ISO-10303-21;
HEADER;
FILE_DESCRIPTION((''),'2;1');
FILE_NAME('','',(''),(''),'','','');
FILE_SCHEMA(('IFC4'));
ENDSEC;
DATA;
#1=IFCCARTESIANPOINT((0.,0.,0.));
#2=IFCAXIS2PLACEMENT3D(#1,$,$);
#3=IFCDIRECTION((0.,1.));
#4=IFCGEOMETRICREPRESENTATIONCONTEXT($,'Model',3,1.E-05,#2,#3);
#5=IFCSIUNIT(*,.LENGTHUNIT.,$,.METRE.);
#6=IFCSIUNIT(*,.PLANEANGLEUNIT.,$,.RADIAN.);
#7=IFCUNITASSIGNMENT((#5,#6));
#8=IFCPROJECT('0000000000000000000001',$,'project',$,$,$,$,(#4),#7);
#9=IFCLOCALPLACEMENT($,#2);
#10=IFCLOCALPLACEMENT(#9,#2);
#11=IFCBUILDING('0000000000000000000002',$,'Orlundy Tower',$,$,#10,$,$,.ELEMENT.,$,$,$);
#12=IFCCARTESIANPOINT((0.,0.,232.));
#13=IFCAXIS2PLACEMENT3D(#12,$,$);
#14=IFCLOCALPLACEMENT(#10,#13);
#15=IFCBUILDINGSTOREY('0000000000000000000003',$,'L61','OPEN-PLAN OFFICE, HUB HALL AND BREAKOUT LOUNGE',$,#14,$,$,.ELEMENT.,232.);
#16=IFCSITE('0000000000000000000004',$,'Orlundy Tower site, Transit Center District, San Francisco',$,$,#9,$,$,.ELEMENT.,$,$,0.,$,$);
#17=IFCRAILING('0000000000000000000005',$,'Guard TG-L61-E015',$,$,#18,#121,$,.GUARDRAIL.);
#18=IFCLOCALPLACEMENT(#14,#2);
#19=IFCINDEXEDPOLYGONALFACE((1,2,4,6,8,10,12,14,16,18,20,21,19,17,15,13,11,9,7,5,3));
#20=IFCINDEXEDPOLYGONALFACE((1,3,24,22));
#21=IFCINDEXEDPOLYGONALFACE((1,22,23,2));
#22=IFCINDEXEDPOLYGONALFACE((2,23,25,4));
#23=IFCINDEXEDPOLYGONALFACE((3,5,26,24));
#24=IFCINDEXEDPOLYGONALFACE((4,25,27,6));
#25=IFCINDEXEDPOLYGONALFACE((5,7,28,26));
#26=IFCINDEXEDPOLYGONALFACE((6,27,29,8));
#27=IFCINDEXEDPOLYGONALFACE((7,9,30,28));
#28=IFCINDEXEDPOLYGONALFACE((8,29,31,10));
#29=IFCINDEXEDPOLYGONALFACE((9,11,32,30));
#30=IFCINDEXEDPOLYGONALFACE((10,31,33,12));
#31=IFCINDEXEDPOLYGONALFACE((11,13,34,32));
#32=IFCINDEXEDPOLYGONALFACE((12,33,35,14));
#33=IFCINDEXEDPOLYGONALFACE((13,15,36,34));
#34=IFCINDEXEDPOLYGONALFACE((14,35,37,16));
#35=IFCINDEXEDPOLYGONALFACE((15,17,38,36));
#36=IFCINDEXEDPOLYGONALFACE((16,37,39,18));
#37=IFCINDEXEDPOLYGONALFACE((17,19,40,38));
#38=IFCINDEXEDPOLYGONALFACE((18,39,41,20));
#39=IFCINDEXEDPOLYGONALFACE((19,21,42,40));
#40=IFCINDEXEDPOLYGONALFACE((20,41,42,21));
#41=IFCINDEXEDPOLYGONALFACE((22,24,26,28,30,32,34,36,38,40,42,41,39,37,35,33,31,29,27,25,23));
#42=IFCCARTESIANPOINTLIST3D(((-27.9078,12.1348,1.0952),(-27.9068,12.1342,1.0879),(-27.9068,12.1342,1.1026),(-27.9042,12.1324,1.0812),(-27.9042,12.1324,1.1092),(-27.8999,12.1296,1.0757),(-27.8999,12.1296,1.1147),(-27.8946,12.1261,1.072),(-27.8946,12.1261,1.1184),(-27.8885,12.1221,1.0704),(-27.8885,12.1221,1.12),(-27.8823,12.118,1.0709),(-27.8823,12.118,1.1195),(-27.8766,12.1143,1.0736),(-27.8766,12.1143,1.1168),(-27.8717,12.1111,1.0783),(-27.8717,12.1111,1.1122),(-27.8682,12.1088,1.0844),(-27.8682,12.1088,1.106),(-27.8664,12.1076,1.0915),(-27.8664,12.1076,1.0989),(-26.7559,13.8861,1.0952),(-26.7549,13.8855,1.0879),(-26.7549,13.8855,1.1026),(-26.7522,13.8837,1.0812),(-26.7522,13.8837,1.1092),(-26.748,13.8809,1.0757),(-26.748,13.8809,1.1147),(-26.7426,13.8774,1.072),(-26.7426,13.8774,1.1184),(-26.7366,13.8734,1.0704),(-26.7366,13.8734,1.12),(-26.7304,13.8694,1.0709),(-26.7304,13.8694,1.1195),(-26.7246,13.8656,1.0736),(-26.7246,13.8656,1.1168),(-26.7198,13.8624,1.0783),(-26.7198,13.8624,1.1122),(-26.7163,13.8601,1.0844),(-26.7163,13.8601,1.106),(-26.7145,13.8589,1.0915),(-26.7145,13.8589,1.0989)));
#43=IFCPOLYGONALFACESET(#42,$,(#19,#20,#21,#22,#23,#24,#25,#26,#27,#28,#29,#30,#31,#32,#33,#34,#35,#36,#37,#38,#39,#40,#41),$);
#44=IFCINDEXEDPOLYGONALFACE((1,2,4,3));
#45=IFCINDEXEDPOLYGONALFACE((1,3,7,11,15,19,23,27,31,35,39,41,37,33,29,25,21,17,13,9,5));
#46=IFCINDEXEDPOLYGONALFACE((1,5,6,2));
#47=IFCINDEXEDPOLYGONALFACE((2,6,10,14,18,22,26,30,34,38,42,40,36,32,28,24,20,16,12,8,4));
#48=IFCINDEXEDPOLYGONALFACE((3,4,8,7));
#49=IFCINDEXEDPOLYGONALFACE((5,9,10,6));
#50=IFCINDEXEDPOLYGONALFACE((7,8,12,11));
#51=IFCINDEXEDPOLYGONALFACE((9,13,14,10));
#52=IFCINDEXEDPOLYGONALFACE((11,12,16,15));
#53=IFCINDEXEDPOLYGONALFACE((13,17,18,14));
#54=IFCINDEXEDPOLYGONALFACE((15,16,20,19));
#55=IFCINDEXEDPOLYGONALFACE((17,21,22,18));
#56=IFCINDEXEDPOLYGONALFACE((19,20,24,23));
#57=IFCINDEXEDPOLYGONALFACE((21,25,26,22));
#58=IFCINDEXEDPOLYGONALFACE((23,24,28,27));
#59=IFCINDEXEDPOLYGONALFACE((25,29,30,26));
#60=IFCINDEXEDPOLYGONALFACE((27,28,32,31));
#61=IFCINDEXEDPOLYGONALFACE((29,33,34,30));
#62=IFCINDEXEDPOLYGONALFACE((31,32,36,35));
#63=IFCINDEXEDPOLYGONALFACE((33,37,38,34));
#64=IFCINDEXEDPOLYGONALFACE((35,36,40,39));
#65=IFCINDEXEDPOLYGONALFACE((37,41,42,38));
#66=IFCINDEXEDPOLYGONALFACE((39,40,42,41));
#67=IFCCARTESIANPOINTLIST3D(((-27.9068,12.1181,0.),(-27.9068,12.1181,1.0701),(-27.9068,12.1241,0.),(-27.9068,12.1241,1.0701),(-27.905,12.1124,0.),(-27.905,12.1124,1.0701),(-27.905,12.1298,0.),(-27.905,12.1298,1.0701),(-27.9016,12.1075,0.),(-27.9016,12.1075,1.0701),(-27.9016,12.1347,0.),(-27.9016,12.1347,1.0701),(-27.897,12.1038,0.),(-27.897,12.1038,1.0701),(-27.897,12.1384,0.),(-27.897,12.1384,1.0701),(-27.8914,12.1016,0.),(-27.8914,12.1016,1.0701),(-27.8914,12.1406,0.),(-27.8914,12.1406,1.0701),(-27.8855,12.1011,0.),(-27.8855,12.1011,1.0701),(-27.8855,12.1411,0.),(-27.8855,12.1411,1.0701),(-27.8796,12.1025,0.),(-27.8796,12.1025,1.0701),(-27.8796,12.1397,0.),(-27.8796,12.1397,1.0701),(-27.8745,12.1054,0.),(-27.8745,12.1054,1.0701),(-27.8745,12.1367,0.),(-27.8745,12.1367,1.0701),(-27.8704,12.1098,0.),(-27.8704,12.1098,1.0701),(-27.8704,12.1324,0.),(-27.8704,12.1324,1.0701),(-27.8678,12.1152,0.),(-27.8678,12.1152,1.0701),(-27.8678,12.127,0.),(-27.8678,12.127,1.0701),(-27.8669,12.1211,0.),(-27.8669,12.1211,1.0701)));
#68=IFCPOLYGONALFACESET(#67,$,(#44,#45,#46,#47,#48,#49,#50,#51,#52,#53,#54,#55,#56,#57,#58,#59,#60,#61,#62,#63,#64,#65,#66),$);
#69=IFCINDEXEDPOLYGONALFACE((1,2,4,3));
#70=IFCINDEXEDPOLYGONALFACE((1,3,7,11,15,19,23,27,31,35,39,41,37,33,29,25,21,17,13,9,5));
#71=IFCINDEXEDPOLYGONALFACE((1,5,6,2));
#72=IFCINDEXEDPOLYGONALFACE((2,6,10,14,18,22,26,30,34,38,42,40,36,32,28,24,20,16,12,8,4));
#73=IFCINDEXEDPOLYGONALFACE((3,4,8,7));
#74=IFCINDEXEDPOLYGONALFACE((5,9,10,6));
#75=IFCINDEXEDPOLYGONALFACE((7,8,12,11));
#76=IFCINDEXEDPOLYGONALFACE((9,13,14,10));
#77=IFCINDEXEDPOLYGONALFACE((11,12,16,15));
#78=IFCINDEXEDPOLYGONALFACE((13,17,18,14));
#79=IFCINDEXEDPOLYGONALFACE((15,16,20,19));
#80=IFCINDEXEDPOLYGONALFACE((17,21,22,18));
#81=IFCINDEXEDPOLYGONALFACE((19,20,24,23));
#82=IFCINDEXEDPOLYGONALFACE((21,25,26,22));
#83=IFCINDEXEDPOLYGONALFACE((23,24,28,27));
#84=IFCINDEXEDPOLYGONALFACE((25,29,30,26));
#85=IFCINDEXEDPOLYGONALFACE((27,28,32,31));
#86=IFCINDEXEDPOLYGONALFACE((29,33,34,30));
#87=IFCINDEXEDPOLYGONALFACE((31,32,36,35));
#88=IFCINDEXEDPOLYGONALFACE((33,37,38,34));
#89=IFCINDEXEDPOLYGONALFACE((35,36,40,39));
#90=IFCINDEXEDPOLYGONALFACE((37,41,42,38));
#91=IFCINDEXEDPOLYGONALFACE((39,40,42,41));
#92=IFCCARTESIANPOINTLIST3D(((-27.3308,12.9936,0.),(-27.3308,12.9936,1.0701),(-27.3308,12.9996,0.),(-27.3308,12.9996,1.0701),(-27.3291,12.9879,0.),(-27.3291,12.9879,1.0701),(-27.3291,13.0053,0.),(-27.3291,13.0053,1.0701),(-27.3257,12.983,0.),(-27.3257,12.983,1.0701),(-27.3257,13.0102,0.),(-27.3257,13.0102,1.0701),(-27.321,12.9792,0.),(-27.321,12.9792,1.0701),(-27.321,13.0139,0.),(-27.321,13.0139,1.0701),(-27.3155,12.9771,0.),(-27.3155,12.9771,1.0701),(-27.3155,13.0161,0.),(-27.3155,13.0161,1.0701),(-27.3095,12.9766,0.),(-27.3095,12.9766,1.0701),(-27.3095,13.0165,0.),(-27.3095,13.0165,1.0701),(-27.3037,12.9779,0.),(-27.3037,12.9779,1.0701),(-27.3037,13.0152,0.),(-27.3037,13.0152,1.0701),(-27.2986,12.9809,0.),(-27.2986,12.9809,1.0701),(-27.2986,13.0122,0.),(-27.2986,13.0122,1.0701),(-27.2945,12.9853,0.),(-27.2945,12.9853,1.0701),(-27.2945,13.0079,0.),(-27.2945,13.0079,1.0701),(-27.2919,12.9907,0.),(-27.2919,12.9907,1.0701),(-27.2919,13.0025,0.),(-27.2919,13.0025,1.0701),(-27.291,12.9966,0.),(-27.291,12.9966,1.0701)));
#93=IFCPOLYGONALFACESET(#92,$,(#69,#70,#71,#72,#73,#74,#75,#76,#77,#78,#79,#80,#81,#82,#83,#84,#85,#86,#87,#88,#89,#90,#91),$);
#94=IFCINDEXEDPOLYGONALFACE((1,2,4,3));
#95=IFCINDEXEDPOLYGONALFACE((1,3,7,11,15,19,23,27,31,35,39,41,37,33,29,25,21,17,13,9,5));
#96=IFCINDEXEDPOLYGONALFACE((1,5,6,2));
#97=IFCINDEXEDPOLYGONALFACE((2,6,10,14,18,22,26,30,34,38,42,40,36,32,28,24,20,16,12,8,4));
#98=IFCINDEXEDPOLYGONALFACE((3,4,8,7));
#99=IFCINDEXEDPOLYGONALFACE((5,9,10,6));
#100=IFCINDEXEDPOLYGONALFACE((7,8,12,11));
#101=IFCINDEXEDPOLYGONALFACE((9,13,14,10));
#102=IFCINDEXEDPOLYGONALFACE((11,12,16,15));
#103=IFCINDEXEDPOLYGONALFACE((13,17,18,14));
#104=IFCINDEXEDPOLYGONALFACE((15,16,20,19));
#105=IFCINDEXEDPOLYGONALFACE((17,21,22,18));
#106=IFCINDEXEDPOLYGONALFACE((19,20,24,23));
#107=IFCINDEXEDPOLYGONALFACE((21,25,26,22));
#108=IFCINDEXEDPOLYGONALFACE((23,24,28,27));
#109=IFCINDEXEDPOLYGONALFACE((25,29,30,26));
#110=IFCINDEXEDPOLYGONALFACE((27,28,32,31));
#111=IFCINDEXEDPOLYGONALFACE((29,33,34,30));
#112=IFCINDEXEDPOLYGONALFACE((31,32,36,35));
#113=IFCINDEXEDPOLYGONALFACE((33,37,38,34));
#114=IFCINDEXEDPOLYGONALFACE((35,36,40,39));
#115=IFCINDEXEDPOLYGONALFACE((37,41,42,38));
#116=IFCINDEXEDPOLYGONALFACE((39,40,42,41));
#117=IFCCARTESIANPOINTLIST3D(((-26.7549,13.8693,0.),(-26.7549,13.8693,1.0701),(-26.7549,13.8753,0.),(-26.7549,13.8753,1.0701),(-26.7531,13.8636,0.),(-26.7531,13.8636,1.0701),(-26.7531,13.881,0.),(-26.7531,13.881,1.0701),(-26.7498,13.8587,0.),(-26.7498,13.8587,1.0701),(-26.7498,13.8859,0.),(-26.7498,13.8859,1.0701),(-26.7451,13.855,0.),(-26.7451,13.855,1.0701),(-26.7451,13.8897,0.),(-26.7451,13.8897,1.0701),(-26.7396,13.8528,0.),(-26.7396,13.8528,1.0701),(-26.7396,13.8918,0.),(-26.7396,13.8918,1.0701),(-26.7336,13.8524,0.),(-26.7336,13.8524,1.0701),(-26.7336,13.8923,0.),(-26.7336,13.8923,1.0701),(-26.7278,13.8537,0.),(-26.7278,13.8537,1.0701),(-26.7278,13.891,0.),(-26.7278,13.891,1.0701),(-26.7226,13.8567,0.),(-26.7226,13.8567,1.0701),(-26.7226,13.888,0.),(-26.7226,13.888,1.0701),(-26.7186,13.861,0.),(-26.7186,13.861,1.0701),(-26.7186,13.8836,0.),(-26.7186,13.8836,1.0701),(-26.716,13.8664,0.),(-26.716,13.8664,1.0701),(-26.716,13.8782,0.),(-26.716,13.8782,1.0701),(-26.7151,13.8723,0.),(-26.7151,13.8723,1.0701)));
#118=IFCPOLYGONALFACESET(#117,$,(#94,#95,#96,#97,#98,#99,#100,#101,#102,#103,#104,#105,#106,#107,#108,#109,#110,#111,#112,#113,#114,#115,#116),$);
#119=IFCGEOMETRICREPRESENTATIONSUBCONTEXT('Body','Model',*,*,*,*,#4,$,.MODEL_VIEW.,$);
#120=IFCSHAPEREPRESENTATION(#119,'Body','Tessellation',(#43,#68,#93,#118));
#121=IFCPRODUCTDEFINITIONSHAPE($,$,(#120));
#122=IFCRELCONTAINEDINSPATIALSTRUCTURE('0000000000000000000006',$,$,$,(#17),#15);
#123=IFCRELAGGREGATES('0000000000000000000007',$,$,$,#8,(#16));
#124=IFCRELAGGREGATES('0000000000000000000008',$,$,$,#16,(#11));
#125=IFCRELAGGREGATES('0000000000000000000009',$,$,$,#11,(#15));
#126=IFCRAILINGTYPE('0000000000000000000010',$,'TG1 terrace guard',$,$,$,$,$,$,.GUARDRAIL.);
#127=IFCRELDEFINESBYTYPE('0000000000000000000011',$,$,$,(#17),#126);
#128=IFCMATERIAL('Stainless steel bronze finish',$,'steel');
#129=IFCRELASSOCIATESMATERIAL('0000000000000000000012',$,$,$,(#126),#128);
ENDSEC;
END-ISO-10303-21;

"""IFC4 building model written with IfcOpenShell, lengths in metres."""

from ifc_helpers import new_model, si_unit, direction, frame, origin, origin_2d, place, context, subcontext, project, spatial, circle, extrude, material, type_object, element, save


model = new_model("IFC4")

# Units and contexts
model_context = context("Model", 3, precision=1e-05, world=origin(), true_north=direction((0.0, 1.0)))
body_context = subcontext(model_context, "Body", "Model", "MODEL_VIEW")
ifc_project = project(units=[si_unit("LENGTHUNIT", "METRE"), si_unit("PLANEANGLEUNIT", "RADIAN")], contexts=[model_context])

# Site, building, storey
site_placement = place(None, origin())
site = spatial("IfcSite", under=ifc_project, at=site_placement, Name="Orlundy Tower site, Transit Center District, San Francisco", CompositionType="ELEMENT", RefElevation=0.0)
building_placement = place(site_placement, origin())
building = spatial("IfcBuilding", under=site, at=building_placement, Name="Orlundy Tower", CompositionType="ELEMENT")
storey_placement = place(building_placement, frame((0.0, 0.0, 232.0)))
storey = spatial("IfcBuildingStorey", under=building, at=storey_placement, Name="L61", Description="OPEN-PLAN OFFICE, HUB HALL AND BREAKOUT LOUNGE", CompositionType="ELEMENT", Elevation=232.0)

# Railing
ifc_material_1 = material(Name="Stainless steel bronze finish", Category="steel")
railing_type = type_object("IfcRailingType", Name="TG1 terrace guard", PredefinedType="GUARDRAIL", material=ifc_material_1)
railing_1_placement = place(storey_placement, frame((-27.887, 12.1211, 0.0)))
element("IfcRailing", 1, at=railing_1_placement, inside=storey, type_object=railing_type, Name="Guard TG-L61-E015", PredefinedType="GUARDRAIL", context=body_context, shape_type="SweptSolid", body=[
    extrude(circle(Radius=0.0249, at=origin_2d()), frame((0.0, 0.0, 1.0952), z_axis=(0.549529, 0.835475, 0.0), x_axis=(-0.835475, 0.549529, 0.0)), (0.0, 0.0, 1.0), 2.0962),
    extrude(circle(Radius=0.02, at=origin_2d()), origin(), (0.0, 0.0, 1.0), 1.0701),
    extrude(circle(Radius=0.02, at=origin_2d()), frame((0.5759, 0.8755, 0.0)), (0.0, 0.0, 1.0), 1.0701),
    extrude(circle(Radius=0.02, at=origin_2d()), frame((1.1519, 1.7512, 0.0)), (0.0, 0.0, 1.0), 1.0701),
])

save(model, "model.ifc")
